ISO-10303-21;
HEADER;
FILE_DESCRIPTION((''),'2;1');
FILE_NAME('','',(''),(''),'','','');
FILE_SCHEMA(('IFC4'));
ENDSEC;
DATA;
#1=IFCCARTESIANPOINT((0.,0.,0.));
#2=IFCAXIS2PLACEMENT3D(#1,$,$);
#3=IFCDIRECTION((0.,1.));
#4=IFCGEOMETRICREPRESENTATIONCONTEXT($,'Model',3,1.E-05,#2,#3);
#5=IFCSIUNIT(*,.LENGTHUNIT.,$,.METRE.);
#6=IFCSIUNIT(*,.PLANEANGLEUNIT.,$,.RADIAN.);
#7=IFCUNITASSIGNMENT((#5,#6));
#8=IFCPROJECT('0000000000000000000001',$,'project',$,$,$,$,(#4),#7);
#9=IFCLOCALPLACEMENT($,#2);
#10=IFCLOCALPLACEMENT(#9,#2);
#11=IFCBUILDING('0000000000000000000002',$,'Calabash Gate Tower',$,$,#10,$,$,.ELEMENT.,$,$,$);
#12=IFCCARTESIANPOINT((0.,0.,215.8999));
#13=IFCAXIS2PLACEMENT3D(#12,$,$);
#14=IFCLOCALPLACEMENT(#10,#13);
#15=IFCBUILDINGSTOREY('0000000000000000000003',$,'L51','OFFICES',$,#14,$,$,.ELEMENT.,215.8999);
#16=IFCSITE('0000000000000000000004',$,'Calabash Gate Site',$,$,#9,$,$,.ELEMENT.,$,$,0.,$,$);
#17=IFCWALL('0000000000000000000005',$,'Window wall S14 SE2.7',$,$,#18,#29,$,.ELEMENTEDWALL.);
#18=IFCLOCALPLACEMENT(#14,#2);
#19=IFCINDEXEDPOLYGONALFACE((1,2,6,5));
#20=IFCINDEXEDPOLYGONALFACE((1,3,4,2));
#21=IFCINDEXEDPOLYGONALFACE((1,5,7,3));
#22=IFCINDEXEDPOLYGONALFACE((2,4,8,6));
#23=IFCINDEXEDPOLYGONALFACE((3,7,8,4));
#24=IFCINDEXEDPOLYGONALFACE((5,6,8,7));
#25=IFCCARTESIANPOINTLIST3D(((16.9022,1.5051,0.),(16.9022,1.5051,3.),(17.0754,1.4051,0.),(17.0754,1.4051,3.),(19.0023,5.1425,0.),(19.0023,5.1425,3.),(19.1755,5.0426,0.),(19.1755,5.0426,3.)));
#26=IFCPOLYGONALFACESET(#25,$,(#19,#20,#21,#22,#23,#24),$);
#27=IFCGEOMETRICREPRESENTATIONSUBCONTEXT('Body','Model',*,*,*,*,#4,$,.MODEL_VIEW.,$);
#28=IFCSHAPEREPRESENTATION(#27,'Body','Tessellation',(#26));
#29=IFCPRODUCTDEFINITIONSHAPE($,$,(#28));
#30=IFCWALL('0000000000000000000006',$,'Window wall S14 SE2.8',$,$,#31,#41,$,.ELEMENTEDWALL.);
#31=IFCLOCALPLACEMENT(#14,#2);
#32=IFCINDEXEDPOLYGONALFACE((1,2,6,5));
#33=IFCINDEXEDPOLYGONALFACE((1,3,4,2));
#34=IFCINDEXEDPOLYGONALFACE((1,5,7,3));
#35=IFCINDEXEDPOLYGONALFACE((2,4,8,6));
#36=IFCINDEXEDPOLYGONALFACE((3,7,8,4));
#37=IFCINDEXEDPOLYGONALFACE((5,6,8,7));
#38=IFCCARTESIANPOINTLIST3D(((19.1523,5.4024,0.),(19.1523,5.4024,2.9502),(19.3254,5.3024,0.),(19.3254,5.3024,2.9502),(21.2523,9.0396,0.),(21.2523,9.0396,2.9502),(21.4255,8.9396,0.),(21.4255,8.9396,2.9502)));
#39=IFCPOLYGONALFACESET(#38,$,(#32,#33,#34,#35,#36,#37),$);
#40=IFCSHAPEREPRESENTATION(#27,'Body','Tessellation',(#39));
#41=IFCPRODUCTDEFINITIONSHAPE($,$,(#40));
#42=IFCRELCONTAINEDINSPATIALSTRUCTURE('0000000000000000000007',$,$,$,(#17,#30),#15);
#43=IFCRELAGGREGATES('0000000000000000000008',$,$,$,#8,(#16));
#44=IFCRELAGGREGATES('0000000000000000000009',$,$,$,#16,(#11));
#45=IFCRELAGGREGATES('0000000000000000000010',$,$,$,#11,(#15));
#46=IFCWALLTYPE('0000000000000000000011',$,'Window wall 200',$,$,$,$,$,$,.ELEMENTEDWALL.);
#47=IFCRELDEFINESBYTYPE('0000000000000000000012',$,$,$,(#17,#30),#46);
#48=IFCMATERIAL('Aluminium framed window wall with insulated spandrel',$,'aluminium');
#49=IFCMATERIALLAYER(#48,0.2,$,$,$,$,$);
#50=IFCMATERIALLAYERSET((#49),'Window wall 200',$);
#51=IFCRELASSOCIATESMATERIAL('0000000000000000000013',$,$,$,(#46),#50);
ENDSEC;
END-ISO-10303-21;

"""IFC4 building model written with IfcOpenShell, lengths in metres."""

from ifc_helpers import new_model, si_unit, direction, frame, frame_2d, origin, place, context, subcontext, project, spatial, rectangle, extrude, material, layer, layer_set, type_object, element, save


model = new_model("IFC4")

# Units and contexts
model_context = context("Model", 3, precision=1e-05, world=origin(), true_north=direction((0.0, 1.0)))
body_context = subcontext(model_context, "Body", "Model", "MODEL_VIEW")
ifc_project = project(units=[si_unit("LENGTHUNIT", "METRE"), si_unit("PLANEANGLEUNIT", "RADIAN")], contexts=[model_context])

# Site, building, storey
site_placement = place(None, origin())
site = spatial("IfcSite", under=ifc_project, at=site_placement, Name="Calabash Gate Site", CompositionType="ELEMENT", RefElevation=0.0)
building_placement = place(site_placement, origin())
building = spatial("IfcBuilding", under=site, at=building_placement, Name="Calabash Gate Tower", CompositionType="ELEMENT")
storey_placement = place(building_placement, frame((0.0, 0.0, 215.8999)))
storey = spatial("IfcBuildingStorey", under=building, at=storey_placement, Name="L51", Description="OFFICES", CompositionType="ELEMENT", Elevation=215.8999)

# Walls
ifc_material_1 = material(Name="Aluminium framed window wall with insulated spandrel", Category="aluminium")
ifc_layer_1 = layer(ifc_material_1, 0.2)
ifc_layer_set_1 = layer_set([ifc_layer_1], Name="Window wall 200")
wall_type_1 = type_object("IfcWallType", Name="Window wall 200", PredefinedType="ELEMENTEDWALL", material=ifc_layer_set_1)
wall_1_placement = place(storey_placement, frame((16.9888, 1.4551, 0.0), z_axis=(0.0, 0.0, 1.0), x_axis=(0.500003, 0.866024, 0.0)))
element("IfcWall", 1, at=wall_1_placement, inside=storey, type_object=wall_type_1, Name="Window wall S14 SE2.7", PredefinedType="ELEMENTEDWALL", context=body_context, shape_type="SweptSolid", body=[
    extrude(rectangle(XDim=4.2002, YDim=0.2, at=frame_2d((2.1001, 0.0))), origin(), (0.0, 0.0, 1.0), 3.0),
])
wall_2_placement = place(storey_placement, frame((19.2388, 5.3523, 0.0), z_axis=(0.0, 0.0, 1.0), x_axis=(0.500028, 0.866009, 0.0)))
element("IfcWall", 2, at=wall_2_placement, inside=storey, type_object=wall_type_1, Name="Window wall S14 SE2.8", PredefinedType="ELEMENTEDWALL", context=body_context, shape_type="SweptSolid", body=[
    extrude(rectangle(XDim=4.2, YDim=0.2, at=frame_2d((2.1001, 0.0))), origin(), (0.0, 0.0, 1.0), 2.9502),
])

save(model, "model.ifc")
